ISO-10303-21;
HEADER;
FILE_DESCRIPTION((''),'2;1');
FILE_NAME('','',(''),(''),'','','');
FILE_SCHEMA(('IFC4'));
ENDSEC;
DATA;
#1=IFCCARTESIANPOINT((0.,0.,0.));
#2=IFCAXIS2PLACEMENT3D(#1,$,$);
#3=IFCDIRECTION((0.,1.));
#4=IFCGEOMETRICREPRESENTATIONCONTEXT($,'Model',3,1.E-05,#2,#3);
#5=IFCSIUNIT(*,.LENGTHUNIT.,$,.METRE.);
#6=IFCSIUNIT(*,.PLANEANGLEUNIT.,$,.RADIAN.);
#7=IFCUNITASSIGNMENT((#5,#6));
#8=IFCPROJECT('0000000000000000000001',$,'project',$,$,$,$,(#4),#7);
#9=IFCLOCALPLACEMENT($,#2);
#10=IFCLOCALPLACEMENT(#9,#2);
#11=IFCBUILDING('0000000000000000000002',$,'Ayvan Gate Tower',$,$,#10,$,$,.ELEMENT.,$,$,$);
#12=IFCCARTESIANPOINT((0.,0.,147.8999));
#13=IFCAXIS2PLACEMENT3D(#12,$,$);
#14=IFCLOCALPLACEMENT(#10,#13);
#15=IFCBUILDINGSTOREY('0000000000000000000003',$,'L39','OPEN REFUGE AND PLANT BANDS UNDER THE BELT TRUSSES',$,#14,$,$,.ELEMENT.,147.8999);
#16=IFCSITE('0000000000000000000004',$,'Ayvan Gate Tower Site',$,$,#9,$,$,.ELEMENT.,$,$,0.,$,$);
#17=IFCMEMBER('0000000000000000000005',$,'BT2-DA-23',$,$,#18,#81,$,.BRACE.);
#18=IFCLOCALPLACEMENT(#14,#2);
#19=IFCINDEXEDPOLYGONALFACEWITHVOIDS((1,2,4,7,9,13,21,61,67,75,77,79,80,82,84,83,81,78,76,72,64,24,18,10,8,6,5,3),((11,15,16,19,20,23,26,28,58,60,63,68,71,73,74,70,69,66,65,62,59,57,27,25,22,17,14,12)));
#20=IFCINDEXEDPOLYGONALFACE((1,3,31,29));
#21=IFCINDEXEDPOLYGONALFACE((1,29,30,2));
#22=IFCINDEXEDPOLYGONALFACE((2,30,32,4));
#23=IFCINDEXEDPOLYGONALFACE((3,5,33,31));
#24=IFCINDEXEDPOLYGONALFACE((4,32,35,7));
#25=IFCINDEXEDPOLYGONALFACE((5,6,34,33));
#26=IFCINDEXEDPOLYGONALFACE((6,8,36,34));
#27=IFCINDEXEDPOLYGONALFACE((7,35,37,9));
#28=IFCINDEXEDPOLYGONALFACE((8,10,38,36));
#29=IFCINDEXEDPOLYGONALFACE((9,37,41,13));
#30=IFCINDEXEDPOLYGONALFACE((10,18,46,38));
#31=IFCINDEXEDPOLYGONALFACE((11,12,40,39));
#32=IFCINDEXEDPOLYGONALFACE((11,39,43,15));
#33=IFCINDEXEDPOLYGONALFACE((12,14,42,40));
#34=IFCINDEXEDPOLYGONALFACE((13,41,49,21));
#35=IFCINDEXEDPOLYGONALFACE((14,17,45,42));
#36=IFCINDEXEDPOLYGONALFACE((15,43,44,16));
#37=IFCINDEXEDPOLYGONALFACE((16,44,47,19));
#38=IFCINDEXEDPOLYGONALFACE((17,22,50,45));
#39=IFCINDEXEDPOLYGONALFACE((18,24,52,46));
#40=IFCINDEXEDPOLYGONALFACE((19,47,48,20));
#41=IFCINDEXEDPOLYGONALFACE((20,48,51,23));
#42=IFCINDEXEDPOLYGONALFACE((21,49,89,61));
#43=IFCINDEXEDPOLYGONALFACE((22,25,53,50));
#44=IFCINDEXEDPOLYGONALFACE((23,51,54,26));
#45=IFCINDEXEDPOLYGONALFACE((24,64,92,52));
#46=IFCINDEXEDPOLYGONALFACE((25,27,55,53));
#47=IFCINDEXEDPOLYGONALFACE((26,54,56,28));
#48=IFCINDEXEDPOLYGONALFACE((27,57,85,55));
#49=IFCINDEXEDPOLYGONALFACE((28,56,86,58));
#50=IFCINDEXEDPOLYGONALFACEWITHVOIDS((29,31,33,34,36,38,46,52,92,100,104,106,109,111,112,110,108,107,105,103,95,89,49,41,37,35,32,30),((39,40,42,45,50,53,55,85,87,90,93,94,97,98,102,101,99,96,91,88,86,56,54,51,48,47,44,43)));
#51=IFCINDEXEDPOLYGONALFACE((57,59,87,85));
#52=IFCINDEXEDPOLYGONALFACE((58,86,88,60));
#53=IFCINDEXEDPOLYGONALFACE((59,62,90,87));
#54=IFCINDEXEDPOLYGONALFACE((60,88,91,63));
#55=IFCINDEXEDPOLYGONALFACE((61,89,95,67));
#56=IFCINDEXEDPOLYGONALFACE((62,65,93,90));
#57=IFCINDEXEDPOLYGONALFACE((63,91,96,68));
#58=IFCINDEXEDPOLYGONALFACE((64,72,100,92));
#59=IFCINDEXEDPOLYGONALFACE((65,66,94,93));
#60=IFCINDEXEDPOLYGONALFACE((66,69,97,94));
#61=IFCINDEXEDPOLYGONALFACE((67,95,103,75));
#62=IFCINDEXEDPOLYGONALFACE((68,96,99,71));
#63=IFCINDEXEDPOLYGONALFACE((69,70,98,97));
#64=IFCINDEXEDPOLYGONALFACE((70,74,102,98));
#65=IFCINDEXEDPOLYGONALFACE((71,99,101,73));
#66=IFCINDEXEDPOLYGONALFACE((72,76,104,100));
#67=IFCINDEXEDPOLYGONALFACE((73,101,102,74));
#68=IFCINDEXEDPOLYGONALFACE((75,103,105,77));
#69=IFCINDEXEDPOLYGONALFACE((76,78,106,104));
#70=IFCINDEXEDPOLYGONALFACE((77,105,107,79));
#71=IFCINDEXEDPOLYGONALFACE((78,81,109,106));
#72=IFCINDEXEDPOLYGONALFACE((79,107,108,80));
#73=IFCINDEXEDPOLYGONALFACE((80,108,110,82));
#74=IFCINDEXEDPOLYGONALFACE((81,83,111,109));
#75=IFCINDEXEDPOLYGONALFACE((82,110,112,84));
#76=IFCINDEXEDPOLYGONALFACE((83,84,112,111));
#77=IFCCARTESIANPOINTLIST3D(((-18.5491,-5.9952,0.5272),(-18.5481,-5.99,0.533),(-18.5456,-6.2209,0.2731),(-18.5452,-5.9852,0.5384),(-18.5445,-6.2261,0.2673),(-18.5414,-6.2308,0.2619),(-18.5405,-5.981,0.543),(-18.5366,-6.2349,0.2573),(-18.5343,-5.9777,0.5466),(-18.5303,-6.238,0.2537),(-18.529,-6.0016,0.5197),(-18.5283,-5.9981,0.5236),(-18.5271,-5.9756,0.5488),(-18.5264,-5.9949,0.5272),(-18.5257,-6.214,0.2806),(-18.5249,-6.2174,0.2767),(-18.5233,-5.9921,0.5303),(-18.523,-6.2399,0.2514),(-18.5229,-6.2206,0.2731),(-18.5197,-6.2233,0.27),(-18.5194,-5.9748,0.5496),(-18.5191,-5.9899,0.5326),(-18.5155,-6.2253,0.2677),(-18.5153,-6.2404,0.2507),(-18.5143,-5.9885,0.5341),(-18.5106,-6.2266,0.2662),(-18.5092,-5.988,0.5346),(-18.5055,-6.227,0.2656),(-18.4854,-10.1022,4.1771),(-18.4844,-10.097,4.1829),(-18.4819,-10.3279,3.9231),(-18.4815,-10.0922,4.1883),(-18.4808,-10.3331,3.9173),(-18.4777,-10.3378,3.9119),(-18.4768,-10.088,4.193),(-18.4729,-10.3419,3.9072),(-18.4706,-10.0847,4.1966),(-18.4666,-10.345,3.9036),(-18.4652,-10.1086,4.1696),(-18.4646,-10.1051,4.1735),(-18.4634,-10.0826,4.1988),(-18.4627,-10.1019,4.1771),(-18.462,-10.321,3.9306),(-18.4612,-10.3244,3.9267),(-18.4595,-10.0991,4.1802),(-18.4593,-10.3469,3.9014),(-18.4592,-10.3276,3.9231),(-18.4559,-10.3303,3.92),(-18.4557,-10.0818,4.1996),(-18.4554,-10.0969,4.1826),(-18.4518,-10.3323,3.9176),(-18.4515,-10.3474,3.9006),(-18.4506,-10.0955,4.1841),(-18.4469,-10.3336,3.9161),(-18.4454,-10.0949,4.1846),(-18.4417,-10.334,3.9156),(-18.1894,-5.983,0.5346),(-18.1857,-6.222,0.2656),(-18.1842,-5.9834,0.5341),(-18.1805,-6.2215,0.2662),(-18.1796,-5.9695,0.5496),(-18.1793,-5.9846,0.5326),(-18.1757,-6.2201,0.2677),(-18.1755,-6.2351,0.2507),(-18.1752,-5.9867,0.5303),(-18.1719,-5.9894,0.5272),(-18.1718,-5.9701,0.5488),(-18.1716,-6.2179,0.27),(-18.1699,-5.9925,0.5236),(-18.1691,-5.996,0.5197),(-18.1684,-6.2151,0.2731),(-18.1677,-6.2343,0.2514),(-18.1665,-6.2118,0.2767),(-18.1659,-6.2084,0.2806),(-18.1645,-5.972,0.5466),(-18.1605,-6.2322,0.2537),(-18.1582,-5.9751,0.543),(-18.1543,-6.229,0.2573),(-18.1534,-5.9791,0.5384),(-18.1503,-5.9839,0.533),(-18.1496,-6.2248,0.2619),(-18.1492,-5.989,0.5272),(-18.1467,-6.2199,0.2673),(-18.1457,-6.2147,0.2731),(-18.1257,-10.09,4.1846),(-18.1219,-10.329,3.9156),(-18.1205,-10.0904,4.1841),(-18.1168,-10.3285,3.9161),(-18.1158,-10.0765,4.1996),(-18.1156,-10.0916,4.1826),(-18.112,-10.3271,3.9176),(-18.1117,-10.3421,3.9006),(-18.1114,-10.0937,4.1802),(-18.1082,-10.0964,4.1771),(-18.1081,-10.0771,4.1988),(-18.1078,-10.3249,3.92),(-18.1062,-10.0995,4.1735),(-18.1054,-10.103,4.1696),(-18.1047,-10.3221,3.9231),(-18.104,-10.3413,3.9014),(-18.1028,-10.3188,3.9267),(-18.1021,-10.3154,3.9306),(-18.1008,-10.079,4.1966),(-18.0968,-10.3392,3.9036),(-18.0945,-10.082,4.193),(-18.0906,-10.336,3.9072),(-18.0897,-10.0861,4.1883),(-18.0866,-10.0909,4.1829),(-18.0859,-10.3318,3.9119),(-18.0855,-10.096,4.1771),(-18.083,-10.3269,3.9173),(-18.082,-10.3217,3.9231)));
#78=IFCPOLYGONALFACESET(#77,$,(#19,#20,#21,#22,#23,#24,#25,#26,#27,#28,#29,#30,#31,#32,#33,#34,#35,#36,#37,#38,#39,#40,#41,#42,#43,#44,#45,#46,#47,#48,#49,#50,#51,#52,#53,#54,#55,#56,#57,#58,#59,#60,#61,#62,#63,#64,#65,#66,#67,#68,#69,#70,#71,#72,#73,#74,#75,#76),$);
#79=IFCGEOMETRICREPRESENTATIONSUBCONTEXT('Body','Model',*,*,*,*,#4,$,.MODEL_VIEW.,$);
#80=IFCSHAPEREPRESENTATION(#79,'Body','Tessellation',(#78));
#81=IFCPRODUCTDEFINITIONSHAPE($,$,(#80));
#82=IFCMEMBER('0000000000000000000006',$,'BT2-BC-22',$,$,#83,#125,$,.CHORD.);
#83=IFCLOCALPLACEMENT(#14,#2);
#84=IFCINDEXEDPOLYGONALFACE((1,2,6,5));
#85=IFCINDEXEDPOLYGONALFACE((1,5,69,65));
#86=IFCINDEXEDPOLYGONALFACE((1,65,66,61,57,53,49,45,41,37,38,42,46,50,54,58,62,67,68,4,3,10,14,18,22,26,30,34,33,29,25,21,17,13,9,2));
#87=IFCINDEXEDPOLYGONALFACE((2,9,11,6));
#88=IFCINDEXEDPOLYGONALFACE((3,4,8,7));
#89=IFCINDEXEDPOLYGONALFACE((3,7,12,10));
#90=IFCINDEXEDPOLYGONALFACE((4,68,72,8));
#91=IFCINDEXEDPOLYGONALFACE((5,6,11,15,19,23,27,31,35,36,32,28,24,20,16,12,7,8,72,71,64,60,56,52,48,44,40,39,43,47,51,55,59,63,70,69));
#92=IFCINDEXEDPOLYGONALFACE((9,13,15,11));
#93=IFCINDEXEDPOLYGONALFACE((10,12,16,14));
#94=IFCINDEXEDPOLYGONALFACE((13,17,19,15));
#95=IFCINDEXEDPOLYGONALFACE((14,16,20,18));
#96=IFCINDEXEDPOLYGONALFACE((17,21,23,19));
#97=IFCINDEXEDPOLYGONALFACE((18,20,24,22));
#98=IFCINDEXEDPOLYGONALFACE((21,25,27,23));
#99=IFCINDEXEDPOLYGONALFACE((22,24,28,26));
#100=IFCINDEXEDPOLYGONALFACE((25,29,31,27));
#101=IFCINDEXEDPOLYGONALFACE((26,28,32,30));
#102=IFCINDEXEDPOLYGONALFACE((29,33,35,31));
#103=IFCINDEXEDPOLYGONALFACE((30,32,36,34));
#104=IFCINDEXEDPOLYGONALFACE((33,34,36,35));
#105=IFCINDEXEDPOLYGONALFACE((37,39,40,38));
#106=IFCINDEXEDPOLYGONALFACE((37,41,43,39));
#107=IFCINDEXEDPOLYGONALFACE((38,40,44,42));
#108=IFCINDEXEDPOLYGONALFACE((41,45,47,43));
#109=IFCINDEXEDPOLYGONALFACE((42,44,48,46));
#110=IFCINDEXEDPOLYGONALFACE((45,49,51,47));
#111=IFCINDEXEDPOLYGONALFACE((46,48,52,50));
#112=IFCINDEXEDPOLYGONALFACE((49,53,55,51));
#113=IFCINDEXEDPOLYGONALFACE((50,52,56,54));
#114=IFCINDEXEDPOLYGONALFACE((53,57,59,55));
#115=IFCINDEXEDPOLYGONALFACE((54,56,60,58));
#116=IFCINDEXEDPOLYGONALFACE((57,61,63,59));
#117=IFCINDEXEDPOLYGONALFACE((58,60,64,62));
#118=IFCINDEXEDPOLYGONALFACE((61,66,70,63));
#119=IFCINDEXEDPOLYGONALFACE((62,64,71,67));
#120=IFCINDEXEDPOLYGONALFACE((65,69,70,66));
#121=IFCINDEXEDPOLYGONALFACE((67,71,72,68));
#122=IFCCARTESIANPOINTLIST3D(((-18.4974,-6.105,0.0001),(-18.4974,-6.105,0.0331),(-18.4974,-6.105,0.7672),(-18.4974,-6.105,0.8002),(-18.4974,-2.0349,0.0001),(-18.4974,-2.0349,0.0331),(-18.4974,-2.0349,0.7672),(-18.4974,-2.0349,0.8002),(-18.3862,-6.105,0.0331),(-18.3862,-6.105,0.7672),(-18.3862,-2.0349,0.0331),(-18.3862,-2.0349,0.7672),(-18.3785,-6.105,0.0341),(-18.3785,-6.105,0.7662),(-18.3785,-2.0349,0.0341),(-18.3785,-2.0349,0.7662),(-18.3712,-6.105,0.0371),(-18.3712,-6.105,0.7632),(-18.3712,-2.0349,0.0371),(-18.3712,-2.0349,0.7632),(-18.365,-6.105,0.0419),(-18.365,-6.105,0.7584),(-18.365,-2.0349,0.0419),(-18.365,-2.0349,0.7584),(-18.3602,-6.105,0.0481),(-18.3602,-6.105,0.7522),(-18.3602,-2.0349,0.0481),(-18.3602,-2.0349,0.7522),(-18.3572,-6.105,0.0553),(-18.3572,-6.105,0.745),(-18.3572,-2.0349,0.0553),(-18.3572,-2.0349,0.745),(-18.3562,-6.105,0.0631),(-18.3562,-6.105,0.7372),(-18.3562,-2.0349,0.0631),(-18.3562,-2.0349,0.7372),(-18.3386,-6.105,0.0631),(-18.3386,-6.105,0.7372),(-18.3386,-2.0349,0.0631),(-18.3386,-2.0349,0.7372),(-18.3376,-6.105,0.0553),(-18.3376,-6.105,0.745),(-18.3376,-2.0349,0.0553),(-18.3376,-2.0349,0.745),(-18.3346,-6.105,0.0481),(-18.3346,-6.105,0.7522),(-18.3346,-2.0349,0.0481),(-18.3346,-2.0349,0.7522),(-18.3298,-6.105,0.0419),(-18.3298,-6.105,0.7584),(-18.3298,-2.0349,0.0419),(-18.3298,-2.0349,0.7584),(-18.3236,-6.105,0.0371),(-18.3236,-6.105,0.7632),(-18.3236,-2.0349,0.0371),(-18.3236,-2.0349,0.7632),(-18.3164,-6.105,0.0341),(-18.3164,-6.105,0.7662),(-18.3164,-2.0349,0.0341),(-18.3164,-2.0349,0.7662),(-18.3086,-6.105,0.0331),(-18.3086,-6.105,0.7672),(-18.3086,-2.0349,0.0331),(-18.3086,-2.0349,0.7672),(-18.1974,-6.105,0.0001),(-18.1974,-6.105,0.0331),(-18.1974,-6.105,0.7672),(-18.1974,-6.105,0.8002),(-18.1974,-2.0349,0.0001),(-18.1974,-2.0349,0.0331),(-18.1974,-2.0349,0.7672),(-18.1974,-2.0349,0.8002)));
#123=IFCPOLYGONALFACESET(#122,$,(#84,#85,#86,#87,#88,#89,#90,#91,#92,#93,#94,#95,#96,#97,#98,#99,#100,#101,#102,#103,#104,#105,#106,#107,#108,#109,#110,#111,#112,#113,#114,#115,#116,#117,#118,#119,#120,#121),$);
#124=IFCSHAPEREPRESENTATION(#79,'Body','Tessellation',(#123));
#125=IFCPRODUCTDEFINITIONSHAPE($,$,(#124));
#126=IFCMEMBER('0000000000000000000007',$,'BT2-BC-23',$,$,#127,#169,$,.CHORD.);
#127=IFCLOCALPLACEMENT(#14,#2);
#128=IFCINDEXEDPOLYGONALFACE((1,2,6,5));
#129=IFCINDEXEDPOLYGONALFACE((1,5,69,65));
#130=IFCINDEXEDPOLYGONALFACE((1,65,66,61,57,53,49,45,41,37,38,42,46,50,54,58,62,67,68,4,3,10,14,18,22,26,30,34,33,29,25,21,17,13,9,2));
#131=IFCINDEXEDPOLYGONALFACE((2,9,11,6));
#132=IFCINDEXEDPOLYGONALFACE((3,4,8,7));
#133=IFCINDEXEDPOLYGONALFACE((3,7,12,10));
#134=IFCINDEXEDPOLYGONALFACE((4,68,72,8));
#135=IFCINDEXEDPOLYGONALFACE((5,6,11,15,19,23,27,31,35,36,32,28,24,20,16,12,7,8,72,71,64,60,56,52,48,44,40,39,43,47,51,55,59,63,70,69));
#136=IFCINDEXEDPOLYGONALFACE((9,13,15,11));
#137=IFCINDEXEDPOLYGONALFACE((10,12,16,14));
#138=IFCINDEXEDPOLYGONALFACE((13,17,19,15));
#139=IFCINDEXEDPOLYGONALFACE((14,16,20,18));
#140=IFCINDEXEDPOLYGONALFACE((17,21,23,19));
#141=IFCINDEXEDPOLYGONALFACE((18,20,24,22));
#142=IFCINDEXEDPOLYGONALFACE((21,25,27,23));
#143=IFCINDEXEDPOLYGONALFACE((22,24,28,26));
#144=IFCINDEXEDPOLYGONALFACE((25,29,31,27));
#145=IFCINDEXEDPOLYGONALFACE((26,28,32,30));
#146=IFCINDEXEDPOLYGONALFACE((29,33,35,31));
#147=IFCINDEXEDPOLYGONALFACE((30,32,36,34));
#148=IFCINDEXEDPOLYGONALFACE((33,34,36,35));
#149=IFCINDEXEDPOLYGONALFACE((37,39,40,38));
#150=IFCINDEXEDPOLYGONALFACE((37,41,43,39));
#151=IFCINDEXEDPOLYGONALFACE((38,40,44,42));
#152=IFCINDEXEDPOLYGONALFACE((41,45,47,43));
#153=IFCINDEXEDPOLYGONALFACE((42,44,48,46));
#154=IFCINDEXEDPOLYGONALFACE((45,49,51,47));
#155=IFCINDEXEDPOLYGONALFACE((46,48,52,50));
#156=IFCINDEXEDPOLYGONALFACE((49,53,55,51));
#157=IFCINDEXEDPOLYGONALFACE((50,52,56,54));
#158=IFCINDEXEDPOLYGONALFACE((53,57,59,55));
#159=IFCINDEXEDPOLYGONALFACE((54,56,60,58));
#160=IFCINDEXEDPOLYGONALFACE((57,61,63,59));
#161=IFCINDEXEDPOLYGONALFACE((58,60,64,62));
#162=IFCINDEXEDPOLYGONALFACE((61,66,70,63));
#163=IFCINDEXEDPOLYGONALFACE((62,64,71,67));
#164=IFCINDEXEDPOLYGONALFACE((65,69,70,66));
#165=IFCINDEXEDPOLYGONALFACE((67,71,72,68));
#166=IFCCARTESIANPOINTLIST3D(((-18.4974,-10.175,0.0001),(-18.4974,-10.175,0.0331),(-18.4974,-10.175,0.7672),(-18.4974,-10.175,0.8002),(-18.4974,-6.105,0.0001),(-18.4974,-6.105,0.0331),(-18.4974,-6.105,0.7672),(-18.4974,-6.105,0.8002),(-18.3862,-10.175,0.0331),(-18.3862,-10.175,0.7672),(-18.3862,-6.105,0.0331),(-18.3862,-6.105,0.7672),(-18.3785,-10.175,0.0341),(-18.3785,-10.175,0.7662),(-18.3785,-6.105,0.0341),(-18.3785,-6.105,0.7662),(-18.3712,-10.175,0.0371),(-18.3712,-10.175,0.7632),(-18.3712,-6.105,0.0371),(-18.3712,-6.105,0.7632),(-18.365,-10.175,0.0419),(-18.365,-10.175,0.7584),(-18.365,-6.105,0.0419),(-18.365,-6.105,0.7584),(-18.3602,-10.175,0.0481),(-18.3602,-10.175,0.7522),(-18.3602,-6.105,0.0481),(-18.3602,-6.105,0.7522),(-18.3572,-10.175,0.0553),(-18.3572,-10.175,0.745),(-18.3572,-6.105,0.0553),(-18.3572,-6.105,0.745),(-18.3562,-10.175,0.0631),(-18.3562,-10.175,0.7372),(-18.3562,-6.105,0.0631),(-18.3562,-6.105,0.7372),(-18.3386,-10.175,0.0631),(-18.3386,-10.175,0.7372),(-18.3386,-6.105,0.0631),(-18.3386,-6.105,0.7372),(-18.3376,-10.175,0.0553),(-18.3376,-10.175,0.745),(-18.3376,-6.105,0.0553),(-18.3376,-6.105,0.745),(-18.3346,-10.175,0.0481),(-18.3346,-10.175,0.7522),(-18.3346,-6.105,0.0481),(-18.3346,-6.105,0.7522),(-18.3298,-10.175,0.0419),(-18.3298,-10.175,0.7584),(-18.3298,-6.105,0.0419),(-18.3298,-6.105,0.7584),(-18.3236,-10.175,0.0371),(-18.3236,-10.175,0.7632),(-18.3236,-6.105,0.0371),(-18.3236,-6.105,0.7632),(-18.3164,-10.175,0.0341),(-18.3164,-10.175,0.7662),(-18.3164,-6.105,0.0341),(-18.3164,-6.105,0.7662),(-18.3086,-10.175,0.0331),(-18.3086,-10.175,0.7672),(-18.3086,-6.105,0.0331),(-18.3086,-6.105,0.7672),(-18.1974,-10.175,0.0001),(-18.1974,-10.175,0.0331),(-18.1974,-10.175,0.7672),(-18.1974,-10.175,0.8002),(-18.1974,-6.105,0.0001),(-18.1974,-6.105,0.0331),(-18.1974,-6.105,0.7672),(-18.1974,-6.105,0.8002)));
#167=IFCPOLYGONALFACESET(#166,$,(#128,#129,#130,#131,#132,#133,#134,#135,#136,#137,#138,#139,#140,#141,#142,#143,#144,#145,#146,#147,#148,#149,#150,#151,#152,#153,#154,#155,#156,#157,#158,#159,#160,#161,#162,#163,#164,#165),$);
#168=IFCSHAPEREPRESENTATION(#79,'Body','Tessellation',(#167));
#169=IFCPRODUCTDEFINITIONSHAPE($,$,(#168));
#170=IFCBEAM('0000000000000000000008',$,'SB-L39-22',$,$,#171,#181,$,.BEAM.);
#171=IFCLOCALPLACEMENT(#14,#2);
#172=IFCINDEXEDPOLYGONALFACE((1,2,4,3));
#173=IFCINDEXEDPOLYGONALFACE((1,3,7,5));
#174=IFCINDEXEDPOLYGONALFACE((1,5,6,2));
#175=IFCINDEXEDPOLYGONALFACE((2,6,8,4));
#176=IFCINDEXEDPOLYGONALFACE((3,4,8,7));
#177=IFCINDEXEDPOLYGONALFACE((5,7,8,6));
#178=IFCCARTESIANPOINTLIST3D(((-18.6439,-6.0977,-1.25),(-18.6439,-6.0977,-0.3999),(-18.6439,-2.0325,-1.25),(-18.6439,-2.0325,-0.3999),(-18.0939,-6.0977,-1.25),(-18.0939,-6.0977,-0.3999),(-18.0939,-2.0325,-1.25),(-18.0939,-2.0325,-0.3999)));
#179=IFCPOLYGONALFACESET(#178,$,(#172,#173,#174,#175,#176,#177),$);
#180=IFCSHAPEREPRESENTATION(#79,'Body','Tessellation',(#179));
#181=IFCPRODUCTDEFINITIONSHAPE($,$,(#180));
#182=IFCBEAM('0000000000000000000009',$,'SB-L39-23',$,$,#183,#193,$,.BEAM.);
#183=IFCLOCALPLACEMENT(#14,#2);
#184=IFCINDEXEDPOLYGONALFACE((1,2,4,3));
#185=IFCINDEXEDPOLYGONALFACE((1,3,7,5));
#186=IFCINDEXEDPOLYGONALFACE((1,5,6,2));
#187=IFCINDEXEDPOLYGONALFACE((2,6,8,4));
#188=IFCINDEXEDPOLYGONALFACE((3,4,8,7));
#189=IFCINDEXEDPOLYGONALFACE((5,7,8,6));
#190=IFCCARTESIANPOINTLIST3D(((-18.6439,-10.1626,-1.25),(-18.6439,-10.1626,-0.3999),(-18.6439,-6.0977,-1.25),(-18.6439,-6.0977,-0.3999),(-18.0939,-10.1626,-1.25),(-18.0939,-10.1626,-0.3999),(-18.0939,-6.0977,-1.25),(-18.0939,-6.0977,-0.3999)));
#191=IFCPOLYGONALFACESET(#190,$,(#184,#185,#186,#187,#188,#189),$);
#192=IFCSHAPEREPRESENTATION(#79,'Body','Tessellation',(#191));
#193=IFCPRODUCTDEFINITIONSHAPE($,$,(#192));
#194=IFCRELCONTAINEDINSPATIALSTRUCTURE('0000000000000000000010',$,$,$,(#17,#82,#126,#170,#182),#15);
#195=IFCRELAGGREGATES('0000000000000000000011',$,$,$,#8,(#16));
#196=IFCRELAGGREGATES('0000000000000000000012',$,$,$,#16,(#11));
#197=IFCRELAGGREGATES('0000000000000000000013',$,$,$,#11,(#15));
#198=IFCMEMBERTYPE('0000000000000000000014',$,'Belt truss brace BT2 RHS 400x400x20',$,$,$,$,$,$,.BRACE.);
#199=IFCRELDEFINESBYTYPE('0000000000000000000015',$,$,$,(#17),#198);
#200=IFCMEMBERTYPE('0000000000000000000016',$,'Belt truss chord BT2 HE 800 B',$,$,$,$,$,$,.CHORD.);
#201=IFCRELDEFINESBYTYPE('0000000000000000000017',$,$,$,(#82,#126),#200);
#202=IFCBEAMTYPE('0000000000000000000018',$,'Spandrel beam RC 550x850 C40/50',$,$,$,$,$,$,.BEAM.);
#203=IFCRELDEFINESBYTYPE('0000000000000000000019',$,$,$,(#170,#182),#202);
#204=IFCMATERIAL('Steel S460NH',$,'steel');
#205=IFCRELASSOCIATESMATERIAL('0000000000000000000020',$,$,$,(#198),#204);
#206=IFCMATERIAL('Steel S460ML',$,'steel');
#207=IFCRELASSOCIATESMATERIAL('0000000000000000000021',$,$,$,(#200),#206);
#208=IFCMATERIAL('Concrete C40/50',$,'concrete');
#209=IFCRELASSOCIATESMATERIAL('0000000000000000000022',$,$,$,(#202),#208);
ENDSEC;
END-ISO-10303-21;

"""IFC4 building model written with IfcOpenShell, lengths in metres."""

from ifc_helpers import new_model, si_unit, direction, frame, origin, origin_2d, place, context, subcontext, project, spatial, rectangle, hollow_rectangle, i_section, extrude, material, material_profile, profile_set, type_object, element, save


model = new_model("IFC4")

# Units and contexts
model_context = context("Model", 3, precision=1e-05, world=origin(), true_north=direction((0.0, 1.0)))
body_context = subcontext(model_context, "Body", "Model", "MODEL_VIEW")
ifc_project = project(units=[si_unit("LENGTHUNIT", "METRE"), si_unit("PLANEANGLEUNIT", "RADIAN")], contexts=[model_context])

# Site, building, storey
site_placement = place(None, origin())
site = spatial("IfcSite", under=ifc_project, at=site_placement, Name="Ayvan Gate Tower Site", CompositionType="ELEMENT", RefElevation=0.0)
building_placement = place(site_placement, origin())
building = spatial("IfcBuilding", under=site, at=building_placement, Name="Ayvan Gate Tower", CompositionType="ELEMENT")
storey_placement = place(building_placement, frame((0.0, 0.0, 147.8999)))
storey = spatial("IfcBuildingStorey", under=building, at=storey_placement, Name="L39", Description="OPEN REFUGE AND PLANT BANDS UNDER THE BELT TRUSSES", CompositionType="ELEMENT", Elevation=147.8999)

# Members
ifc_material_1 = material(Name="Steel S460NH", Category="steel")
ifc_material_profile_1 = material_profile(ifc_material_1, hollow_rectangle(XDim=0.3999, YDim=0.3999, WallThickness=0.02, InnerFilletRadius=0.02, OuterFilletRadius=0.03, at=origin_2d()), Name="RHS 400x400x20")
ifc_profile_set_1 = profile_set([ifc_material_profile_1], Name="Steel S460NH")
member_type_1 = type_object("IfcMemberType", Name="Belt truss brace BT2 RHS 400x400x20", PredefinedType="BRACE", material=ifc_profile_set_1)
member_1_placement = place(storey_placement, frame((-18.3474, -6.105, 0.4001), z_axis=(0.011597, -0.747423, 0.664247), x_axis=(0.99988, 0.015514, 0.0)))
element("IfcMember", 1, at=member_1_placement, inside=storey, type_object=member_type_1, Name="BT2-DA-23", PredefinedType="BRACE", context=body_context, shape_type="SweptSolid", body=[
    extrude(hollow_rectangle(XDim=0.3999, YDim=0.3999, WallThickness=0.02, InnerFilletRadius=0.02, OuterFilletRadius=0.03, at=origin_2d()), origin(), (0.0, 0.0, 1.0), 5.4949),
])
ifc_material_2 = material(Name="Steel S460ML", Category="steel")
ifc_material_profile_2 = material_profile(ifc_material_2, i_section(OverallWidth=0.3, OverallDepth=0.8, WebThickness=0.0176, FlangeThickness=0.033, FilletRadius=0.03, at=origin_2d()), Name="HE 800 B")
ifc_profile_set_2 = profile_set([ifc_material_profile_2], Name="Steel S460ML")
member_type_2 = type_object("IfcMemberType", Name="Belt truss chord BT2 HE 800 B", PredefinedType="CHORD", material=ifc_profile_set_2)
for number, where, z_axis, x_axis, name in (
    (2, (-18.3474, -2.0349, 0.4001), (0.0, -1.0, 0.0), (1.0, 0.0, 0.0), "BT2-BC-22"),
    (3, (-18.3474, -6.105, 0.4001), (0.0, -1.0, 0.0), (1.0, 0.0, 0.0), "BT2-BC-23"),
):
    element("IfcMember", number, at=place(storey_placement, frame(where, z_axis=z_axis, x_axis=x_axis)), inside=storey, type_object=member_type_2, Name=name, PredefinedType="CHORD", context=body_context, shape_type="SweptSolid", body=[
        extrude(i_section(OverallWidth=0.3, OverallDepth=0.8, WebThickness=0.0176, FlangeThickness=0.033, FilletRadius=0.03, at=origin_2d()), origin(), (0.0, 0.0, 1.0), 4.0701),
    ])

# Beams
ifc_material_3 = material(Name="Concrete C40/50", Category="concrete")
ifc_material_profile_3 = material_profile(ifc_material_3, rectangle(XDim=0.55, YDim=0.8501, at=origin_2d()), Name="RC 550x850")
ifc_profile_set_3 = profile_set([ifc_material_profile_3], Name="Concrete C40/50")
beam_type = type_object("IfcBeamType", Name="Spandrel beam RC 550x850 C40/50", PredefinedType="BEAM", material=ifc_profile_set_3)
beam_1_placement = place(storey_placement, frame((-18.3689, -2.0325, -0.825), z_axis=(0.0, -1.0, 0.0), x_axis=(1.0, 0.0, 0.0)))
element("IfcBeam", 4, at=beam_1_placement, inside=storey, type_object=beam_type, Name="SB-L39-22", PredefinedType="BEAM", context=body_context, shape_type="SweptSolid", body=[
    extrude(rectangle(XDim=0.55, YDim=0.8501, at=origin_2d()), origin(), (0.0, 0.0, 1.0), 4.0652),
])
beam_2_placement = place(storey_placement, frame((-18.3689, -6.0977, -0.825), z_axis=(0.0, -1.0, 0.0), x_axis=(1.0, 0.0, 0.0)))
element("IfcBeam", 5, at=beam_2_placement, inside=storey, type_object=beam_type, Name="SB-L39-23", PredefinedType="BEAM", context=body_context, shape_type="SweptSolid", body=[
    extrude(rectangle(XDim=0.55, YDim=0.8501, at=origin_2d()), origin(), (0.0, 0.0, 1.0), 4.0649),
])

save(model, "model.ifc")
